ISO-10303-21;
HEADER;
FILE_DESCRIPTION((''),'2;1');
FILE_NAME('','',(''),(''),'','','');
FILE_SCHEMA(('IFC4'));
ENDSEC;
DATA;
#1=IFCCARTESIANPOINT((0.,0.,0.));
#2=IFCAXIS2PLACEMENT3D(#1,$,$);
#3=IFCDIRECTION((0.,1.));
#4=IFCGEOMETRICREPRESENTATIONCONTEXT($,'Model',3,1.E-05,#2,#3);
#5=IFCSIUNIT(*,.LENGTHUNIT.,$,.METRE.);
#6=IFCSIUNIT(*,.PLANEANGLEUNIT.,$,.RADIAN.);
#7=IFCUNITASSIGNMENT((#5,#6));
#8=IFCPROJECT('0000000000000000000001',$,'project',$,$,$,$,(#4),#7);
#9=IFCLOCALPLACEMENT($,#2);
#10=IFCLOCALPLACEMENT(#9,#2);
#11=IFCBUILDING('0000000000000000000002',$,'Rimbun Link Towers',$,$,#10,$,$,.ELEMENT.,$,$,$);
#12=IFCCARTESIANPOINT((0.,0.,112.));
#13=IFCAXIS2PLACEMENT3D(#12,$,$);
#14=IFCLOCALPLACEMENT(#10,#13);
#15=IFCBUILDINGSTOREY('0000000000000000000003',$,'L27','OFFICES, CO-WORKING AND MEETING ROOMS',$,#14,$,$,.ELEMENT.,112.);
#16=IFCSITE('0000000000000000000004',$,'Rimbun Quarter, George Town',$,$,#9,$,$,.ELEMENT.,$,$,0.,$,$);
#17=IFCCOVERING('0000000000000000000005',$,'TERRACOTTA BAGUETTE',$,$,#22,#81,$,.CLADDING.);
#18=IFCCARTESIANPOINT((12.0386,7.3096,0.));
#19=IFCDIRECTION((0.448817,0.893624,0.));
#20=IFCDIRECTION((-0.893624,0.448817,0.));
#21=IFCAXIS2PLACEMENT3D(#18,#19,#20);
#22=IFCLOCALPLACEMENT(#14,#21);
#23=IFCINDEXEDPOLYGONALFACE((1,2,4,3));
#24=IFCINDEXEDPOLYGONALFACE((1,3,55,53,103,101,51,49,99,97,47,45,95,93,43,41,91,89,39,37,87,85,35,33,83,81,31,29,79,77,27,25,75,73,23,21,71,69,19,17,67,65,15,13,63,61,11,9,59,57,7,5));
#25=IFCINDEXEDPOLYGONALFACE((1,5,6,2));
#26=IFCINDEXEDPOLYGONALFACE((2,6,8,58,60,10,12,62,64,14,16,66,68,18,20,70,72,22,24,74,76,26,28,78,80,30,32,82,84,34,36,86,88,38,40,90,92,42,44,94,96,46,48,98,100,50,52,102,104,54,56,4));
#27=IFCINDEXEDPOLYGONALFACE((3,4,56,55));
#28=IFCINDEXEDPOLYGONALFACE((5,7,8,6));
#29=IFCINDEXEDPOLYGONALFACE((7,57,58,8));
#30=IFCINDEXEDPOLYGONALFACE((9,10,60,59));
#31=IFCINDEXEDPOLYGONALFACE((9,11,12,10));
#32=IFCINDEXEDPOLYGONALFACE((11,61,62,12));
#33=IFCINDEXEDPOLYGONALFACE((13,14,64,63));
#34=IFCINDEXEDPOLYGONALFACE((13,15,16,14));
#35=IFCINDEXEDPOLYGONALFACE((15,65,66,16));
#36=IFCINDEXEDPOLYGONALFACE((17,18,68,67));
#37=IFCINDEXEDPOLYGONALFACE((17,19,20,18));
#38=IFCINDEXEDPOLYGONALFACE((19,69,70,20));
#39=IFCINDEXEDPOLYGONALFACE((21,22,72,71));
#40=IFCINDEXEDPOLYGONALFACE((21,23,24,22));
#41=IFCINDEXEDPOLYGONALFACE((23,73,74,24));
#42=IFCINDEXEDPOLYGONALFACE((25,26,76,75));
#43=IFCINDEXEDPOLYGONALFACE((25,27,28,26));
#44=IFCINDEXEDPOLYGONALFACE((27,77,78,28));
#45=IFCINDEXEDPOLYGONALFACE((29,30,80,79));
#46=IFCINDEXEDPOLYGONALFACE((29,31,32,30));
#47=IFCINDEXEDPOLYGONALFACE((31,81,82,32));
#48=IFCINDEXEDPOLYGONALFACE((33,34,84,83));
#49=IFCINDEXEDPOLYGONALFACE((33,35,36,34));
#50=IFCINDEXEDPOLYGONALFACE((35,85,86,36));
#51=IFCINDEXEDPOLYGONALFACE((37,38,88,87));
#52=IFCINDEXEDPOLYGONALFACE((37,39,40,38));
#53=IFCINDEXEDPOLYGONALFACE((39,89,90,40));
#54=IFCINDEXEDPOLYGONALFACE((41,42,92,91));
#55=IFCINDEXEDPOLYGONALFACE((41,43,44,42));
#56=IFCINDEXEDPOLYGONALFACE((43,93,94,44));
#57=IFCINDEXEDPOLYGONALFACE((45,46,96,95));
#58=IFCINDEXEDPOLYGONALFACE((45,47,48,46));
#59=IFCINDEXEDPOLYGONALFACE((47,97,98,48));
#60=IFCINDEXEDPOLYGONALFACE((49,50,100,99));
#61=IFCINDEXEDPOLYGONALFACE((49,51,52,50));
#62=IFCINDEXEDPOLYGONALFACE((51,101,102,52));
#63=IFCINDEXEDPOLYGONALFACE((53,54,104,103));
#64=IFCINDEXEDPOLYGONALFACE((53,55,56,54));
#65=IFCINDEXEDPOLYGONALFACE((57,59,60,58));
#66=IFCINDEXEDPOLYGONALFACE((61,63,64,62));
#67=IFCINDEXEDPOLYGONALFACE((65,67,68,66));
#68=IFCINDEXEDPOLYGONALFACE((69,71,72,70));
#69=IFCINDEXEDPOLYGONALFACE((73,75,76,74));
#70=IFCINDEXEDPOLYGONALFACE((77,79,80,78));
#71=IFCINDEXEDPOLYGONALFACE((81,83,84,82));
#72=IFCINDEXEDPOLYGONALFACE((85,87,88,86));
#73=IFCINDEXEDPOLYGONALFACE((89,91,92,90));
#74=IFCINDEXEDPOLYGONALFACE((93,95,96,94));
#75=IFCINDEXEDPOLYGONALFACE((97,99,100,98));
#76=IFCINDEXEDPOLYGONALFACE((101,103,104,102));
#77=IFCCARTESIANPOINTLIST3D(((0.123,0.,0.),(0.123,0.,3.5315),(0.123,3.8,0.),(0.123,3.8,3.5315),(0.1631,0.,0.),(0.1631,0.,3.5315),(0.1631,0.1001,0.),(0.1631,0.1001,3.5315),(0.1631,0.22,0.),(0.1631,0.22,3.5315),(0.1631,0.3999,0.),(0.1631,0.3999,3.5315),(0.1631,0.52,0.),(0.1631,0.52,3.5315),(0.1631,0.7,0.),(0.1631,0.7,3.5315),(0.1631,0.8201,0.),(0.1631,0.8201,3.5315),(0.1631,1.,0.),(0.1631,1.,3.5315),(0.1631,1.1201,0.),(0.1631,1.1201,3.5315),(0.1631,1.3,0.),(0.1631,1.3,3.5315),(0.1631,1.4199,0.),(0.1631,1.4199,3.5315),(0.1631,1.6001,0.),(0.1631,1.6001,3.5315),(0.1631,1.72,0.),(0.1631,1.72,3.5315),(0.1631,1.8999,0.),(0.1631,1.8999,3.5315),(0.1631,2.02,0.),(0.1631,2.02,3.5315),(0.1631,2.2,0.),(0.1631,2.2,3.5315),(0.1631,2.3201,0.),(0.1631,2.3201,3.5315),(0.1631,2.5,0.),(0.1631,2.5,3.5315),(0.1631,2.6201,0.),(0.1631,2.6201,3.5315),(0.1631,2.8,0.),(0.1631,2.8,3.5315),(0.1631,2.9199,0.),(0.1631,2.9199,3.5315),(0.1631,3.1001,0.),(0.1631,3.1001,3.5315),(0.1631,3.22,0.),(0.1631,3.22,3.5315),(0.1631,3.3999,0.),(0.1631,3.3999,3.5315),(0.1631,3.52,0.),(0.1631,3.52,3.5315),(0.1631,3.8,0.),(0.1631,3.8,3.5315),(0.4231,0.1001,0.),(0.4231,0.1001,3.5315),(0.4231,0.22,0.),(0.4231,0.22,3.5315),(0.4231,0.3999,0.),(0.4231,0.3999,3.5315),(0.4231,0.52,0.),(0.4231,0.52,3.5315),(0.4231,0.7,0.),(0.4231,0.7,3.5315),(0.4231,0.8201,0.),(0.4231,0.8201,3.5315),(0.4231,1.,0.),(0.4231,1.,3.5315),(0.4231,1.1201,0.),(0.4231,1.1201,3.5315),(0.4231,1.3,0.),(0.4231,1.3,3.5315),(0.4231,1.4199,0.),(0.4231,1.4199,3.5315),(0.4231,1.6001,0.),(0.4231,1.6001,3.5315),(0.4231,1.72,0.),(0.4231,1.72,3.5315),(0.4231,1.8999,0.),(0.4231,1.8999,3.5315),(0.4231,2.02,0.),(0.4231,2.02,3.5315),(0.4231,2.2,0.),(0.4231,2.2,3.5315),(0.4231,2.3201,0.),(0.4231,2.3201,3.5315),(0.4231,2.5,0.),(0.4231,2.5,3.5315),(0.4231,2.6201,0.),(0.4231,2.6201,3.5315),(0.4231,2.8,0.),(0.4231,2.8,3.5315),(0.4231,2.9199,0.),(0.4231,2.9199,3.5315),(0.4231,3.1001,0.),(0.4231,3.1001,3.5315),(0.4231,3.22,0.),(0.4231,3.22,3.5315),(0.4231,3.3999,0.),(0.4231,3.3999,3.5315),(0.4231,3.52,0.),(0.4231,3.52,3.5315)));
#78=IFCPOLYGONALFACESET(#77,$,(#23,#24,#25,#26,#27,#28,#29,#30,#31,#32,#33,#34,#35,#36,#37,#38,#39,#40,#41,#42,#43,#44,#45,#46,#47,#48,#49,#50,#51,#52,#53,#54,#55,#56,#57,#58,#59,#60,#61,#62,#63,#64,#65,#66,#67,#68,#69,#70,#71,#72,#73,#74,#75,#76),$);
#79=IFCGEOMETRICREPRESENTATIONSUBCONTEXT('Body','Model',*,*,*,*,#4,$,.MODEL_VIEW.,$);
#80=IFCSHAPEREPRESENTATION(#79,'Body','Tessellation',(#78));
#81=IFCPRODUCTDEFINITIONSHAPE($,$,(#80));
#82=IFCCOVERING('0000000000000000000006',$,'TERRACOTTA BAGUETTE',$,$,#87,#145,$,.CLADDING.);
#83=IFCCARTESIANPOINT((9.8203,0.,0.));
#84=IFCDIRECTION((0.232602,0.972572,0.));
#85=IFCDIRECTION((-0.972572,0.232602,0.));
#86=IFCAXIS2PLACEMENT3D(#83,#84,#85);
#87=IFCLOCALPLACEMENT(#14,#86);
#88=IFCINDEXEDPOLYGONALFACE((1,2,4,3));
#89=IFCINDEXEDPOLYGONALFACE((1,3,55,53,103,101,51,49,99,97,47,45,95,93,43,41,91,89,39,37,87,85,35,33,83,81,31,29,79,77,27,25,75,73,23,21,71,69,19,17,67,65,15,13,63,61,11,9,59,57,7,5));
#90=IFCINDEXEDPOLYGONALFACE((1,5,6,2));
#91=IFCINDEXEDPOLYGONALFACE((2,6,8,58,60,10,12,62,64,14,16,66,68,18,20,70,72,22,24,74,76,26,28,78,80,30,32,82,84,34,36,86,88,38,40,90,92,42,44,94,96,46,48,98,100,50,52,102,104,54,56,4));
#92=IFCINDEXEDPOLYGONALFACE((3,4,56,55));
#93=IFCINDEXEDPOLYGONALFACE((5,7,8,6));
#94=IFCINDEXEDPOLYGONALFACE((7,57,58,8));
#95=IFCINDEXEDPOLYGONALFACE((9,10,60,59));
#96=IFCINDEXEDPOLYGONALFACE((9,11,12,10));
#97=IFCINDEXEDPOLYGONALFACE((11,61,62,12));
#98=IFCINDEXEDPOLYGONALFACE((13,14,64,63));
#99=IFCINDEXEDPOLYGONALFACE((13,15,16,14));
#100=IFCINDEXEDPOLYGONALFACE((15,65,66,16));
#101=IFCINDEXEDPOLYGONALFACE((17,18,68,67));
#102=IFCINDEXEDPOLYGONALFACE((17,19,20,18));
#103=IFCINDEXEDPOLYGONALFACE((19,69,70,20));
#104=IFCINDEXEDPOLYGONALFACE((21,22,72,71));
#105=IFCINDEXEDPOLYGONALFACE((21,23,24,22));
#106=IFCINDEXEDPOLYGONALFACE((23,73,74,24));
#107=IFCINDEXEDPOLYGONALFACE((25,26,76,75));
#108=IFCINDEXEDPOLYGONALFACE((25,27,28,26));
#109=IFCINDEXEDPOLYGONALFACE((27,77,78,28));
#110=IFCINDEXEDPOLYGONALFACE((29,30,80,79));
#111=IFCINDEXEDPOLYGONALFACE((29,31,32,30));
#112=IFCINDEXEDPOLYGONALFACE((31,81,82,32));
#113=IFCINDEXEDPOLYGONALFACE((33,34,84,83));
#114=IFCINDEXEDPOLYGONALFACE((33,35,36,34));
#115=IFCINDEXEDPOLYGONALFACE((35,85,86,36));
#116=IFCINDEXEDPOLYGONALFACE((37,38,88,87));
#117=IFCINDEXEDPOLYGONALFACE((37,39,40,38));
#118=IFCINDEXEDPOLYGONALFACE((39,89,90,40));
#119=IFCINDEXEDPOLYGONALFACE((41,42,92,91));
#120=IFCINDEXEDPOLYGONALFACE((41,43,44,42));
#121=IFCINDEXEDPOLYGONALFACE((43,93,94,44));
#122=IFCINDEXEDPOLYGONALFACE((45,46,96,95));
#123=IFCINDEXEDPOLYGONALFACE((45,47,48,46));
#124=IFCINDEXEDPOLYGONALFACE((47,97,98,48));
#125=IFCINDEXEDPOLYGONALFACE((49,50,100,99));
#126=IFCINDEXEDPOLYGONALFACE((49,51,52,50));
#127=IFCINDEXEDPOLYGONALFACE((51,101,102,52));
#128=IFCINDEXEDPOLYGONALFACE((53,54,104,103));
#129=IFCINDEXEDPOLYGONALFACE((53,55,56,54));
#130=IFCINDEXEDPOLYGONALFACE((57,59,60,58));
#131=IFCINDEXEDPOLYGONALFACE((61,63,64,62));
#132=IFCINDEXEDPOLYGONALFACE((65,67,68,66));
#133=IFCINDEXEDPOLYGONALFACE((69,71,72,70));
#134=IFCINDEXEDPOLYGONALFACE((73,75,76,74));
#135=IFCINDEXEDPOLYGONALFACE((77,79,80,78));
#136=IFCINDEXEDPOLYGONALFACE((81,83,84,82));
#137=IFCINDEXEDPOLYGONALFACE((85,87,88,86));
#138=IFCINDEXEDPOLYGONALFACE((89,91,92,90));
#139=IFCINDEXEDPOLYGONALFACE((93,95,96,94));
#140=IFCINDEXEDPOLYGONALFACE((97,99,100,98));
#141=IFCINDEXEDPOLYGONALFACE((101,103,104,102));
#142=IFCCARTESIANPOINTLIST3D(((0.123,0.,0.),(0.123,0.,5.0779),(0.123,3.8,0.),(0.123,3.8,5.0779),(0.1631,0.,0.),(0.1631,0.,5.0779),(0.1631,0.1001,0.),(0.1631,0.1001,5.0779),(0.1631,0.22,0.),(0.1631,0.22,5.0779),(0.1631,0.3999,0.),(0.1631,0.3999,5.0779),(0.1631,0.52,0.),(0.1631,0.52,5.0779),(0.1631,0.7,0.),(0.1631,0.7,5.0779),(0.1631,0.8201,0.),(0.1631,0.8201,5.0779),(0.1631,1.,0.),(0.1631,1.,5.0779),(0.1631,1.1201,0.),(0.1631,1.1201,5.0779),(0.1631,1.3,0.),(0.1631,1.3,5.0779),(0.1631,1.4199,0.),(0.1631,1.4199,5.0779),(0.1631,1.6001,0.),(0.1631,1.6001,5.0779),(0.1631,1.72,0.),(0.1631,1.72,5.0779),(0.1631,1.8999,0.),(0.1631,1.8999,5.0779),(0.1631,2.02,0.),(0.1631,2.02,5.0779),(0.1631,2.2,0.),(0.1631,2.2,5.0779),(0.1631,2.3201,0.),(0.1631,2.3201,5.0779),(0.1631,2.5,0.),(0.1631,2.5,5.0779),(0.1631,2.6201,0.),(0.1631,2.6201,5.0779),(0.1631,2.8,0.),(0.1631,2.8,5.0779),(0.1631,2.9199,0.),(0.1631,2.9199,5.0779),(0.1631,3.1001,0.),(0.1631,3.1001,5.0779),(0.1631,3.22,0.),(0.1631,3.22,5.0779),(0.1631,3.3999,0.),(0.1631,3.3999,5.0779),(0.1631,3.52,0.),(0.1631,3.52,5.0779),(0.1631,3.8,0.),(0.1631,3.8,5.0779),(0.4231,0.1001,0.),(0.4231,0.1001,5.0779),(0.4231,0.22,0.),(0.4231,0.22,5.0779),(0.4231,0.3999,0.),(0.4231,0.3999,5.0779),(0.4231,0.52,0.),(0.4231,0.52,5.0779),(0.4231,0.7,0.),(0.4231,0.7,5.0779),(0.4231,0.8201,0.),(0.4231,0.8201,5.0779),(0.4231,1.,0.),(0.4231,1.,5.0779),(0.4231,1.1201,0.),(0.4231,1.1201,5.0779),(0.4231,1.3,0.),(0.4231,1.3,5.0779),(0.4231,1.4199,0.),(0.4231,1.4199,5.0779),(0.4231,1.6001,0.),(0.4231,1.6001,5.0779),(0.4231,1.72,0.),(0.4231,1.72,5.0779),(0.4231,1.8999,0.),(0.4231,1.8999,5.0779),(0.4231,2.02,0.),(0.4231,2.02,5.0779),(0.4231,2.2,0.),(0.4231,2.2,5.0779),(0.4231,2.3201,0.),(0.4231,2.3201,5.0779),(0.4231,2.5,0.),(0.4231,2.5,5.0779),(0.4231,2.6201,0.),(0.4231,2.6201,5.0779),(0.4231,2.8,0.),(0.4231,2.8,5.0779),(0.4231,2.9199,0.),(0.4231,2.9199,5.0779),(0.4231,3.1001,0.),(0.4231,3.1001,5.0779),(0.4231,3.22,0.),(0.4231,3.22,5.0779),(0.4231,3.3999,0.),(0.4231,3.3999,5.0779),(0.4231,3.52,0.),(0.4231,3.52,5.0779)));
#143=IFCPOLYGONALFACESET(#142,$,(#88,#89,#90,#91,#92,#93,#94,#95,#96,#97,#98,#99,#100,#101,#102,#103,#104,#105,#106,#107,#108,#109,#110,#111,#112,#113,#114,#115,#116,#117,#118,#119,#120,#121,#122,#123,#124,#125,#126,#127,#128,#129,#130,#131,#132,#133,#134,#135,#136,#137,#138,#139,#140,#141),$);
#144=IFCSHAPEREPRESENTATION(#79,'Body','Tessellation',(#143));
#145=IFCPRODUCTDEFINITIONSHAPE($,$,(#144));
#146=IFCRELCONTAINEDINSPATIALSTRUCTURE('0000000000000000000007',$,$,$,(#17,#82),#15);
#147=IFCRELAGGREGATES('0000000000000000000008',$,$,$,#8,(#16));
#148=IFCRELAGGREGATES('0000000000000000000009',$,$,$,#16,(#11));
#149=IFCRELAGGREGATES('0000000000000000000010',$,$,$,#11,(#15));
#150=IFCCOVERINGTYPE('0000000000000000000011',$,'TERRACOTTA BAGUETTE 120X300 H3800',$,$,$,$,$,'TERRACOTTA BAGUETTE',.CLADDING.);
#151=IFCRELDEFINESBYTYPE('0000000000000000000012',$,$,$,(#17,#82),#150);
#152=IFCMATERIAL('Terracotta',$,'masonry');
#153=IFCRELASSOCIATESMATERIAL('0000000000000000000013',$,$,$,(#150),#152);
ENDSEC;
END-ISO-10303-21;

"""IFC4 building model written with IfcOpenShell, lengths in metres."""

from ifc_helpers import new_model, si_unit, direction, frame, origin, place, context, subcontext, project, spatial, polyline, outline, extrude, material, material_profile, profile_set, type_object, element, save


model = new_model("IFC4")

# Units and contexts
model_context = context("Model", 3, precision=1e-05, world=origin(), true_north=direction((0.0, 1.0)))
body_context = subcontext(model_context, "Body", "Model", "MODEL_VIEW")
ifc_project = project(units=[si_unit("LENGTHUNIT", "METRE"), si_unit("PLANEANGLEUNIT", "RADIAN")], contexts=[model_context])

# Site, building, storey
site_placement = place(None, origin())
site = spatial("IfcSite", under=ifc_project, at=site_placement, Name="Rimbun Quarter, George Town", CompositionType="ELEMENT", RefElevation=0.0)
building_placement = place(site_placement, origin())
building = spatial("IfcBuilding", under=site, at=building_placement, Name="Rimbun Link Towers", CompositionType="ELEMENT")
storey_placement = place(building_placement, frame((0.0, 0.0, 112.0)))
storey = spatial("IfcBuildingStorey", under=building, at=storey_placement, Name="L27", Description="OFFICES, CO-WORKING AND MEETING ROOMS", CompositionType="ELEMENT", Elevation=112.0)

# Coverings
ifc_material_1 = material(Name="Terracotta", Category="masonry")
ifc_material_profile_1 = material_profile(ifc_material_1, outline(polyline([(0.123, 0.0), (0.1631, 0.0), (0.1631, 0.1001), (0.4231, 0.1001), (0.4231, 0.22), (0.1631, 0.22), (0.1631, 0.3999), (0.4231, 0.3999), (0.4231, 0.52), (0.1631, 0.52), (0.1631, 0.7), (0.4231, 0.7), (0.4231, 0.8201), (0.1631, 0.8201), (0.1631, 1.0), (0.4231, 1.0), (0.4231, 1.1201), (0.1631, 1.1201), (0.1631, 1.3), (0.4231, 1.3), (0.4231, 1.4199), (0.1631, 1.4199), (0.1631, 1.6001), (0.4231, 1.6001), (0.4231, 1.72), (0.1631, 1.72), (0.1631, 1.8999), (0.4231, 1.8999), (0.4231, 2.02), (0.1631, 2.02), (0.1631, 2.2), (0.4231, 2.2), (0.4231, 2.3201), (0.1631, 2.3201), (0.1631, 2.5), (0.4231, 2.5), (0.4231, 2.6201), (0.1631, 2.6201), (0.1631, 2.8), (0.4231, 2.8), (0.4231, 2.9199), (0.1631, 2.9199), (0.1631, 3.1001), (0.4231, 3.1001), (0.4231, 3.22), (0.1631, 3.22), (0.1631, 3.3999), (0.4231, 3.3999), (0.4231, 3.52), (0.1631, 3.52), (0.1631, 3.8), (0.123, 3.8), (0.123, 0.0)])), Name="BAGUETTE 120X300")
ifc_profile_set_1 = profile_set([ifc_material_profile_1], Name="Terracotta")
covering_type = type_object("IfcCoveringType", Name="TERRACOTTA BAGUETTE 120X300 H3800", ElementType="TERRACOTTA BAGUETTE", PredefinedType="CLADDING", material=ifc_profile_set_1)
covering_1_placement = place(storey_placement, frame((12.0386, 7.3096, 0.0), z_axis=(0.448817, 0.893624, 0.0), x_axis=(-0.893624, 0.448817, 0.0)))
element("IfcCovering", 1, at=covering_1_placement, inside=storey, type_object=covering_type, Name="TERRACOTTA BAGUETTE", PredefinedType="CLADDING", context=body_context, shape_type="SweptSolid", body=[
    extrude(outline(polyline([(0.123, 0.0), (0.1631, 0.0), (0.1631, 0.1001), (0.4231, 0.1001), (0.4231, 0.22), (0.1631, 0.22), (0.1631, 0.3999), (0.4231, 0.3999), (0.4231, 0.52), (0.1631, 0.52), (0.1631, 0.7), (0.4231, 0.7), (0.4231, 0.8201), (0.1631, 0.8201), (0.1631, 1.0), (0.4231, 1.0), (0.4231, 1.1201), (0.1631, 1.1201), (0.1631, 1.3), (0.4231, 1.3), (0.4231, 1.4199), (0.1631, 1.4199), (0.1631, 1.6001), (0.4231, 1.6001), (0.4231, 1.72), (0.1631, 1.72), (0.1631, 1.8999), (0.4231, 1.8999), (0.4231, 2.02), (0.1631, 2.02), (0.1631, 2.2), (0.4231, 2.2), (0.4231, 2.3201), (0.1631, 2.3201), (0.1631, 2.5), (0.4231, 2.5), (0.4231, 2.6201), (0.1631, 2.6201), (0.1631, 2.8), (0.4231, 2.8), (0.4231, 2.9199), (0.1631, 2.9199), (0.1631, 3.1001), (0.4231, 3.1001), (0.4231, 3.22), (0.1631, 3.22), (0.1631, 3.3999), (0.4231, 3.3999), (0.4231, 3.52), (0.1631, 3.52), (0.1631, 3.8), (0.123, 3.8), (0.123, 0.0)])), origin(), (0.0, 0.0, 1.0), 3.5315),
])
covering_2_placement = place(storey_placement, frame((9.8203, 0.0, 0.0), z_axis=(0.232602, 0.972572, 0.0), x_axis=(-0.972572, 0.232602, 0.0)))
element("IfcCovering", 2, at=covering_2_placement, inside=storey, type_object=covering_type, Name="TERRACOTTA BAGUETTE", PredefinedType="CLADDING", context=body_context, shape_type="SweptSolid", body=[
    extrude(outline(polyline([(0.123, 0.0), (0.1631, 0.0), (0.1631, 0.1001), (0.4231, 0.1001), (0.4231, 0.22), (0.1631, 0.22), (0.1631, 0.3999), (0.4231, 0.3999), (0.4231, 0.52), (0.1631, 0.52), (0.1631, 0.7), (0.4231, 0.7), (0.4231, 0.8201), (0.1631, 0.8201), (0.1631, 1.0), (0.4231, 1.0), (0.4231, 1.1201), (0.1631, 1.1201), (0.1631, 1.3), (0.4231, 1.3), (0.4231, 1.4199), (0.1631, 1.4199), (0.1631, 1.6001), (0.4231, 1.6001), (0.4231, 1.72), (0.1631, 1.72), (0.1631, 1.8999), (0.4231, 1.8999), (0.4231, 2.02), (0.1631, 2.02), (0.1631, 2.2), (0.4231, 2.2), (0.4231, 2.3201), (0.1631, 2.3201), (0.1631, 2.5), (0.4231, 2.5), (0.4231, 2.6201), (0.1631, 2.6201), (0.1631, 2.8), (0.4231, 2.8), (0.4231, 2.9199), (0.1631, 2.9199), (0.1631, 3.1001), (0.4231, 3.1001), (0.4231, 3.22), (0.1631, 3.22), (0.1631, 3.3999), (0.4231, 3.3999), (0.4231, 3.52), (0.1631, 3.52), (0.1631, 3.8), (0.123, 3.8), (0.123, 0.0)])), origin(), (0.0, 0.0, 1.0), 5.0779),
])

save(model, "model.ifc")
